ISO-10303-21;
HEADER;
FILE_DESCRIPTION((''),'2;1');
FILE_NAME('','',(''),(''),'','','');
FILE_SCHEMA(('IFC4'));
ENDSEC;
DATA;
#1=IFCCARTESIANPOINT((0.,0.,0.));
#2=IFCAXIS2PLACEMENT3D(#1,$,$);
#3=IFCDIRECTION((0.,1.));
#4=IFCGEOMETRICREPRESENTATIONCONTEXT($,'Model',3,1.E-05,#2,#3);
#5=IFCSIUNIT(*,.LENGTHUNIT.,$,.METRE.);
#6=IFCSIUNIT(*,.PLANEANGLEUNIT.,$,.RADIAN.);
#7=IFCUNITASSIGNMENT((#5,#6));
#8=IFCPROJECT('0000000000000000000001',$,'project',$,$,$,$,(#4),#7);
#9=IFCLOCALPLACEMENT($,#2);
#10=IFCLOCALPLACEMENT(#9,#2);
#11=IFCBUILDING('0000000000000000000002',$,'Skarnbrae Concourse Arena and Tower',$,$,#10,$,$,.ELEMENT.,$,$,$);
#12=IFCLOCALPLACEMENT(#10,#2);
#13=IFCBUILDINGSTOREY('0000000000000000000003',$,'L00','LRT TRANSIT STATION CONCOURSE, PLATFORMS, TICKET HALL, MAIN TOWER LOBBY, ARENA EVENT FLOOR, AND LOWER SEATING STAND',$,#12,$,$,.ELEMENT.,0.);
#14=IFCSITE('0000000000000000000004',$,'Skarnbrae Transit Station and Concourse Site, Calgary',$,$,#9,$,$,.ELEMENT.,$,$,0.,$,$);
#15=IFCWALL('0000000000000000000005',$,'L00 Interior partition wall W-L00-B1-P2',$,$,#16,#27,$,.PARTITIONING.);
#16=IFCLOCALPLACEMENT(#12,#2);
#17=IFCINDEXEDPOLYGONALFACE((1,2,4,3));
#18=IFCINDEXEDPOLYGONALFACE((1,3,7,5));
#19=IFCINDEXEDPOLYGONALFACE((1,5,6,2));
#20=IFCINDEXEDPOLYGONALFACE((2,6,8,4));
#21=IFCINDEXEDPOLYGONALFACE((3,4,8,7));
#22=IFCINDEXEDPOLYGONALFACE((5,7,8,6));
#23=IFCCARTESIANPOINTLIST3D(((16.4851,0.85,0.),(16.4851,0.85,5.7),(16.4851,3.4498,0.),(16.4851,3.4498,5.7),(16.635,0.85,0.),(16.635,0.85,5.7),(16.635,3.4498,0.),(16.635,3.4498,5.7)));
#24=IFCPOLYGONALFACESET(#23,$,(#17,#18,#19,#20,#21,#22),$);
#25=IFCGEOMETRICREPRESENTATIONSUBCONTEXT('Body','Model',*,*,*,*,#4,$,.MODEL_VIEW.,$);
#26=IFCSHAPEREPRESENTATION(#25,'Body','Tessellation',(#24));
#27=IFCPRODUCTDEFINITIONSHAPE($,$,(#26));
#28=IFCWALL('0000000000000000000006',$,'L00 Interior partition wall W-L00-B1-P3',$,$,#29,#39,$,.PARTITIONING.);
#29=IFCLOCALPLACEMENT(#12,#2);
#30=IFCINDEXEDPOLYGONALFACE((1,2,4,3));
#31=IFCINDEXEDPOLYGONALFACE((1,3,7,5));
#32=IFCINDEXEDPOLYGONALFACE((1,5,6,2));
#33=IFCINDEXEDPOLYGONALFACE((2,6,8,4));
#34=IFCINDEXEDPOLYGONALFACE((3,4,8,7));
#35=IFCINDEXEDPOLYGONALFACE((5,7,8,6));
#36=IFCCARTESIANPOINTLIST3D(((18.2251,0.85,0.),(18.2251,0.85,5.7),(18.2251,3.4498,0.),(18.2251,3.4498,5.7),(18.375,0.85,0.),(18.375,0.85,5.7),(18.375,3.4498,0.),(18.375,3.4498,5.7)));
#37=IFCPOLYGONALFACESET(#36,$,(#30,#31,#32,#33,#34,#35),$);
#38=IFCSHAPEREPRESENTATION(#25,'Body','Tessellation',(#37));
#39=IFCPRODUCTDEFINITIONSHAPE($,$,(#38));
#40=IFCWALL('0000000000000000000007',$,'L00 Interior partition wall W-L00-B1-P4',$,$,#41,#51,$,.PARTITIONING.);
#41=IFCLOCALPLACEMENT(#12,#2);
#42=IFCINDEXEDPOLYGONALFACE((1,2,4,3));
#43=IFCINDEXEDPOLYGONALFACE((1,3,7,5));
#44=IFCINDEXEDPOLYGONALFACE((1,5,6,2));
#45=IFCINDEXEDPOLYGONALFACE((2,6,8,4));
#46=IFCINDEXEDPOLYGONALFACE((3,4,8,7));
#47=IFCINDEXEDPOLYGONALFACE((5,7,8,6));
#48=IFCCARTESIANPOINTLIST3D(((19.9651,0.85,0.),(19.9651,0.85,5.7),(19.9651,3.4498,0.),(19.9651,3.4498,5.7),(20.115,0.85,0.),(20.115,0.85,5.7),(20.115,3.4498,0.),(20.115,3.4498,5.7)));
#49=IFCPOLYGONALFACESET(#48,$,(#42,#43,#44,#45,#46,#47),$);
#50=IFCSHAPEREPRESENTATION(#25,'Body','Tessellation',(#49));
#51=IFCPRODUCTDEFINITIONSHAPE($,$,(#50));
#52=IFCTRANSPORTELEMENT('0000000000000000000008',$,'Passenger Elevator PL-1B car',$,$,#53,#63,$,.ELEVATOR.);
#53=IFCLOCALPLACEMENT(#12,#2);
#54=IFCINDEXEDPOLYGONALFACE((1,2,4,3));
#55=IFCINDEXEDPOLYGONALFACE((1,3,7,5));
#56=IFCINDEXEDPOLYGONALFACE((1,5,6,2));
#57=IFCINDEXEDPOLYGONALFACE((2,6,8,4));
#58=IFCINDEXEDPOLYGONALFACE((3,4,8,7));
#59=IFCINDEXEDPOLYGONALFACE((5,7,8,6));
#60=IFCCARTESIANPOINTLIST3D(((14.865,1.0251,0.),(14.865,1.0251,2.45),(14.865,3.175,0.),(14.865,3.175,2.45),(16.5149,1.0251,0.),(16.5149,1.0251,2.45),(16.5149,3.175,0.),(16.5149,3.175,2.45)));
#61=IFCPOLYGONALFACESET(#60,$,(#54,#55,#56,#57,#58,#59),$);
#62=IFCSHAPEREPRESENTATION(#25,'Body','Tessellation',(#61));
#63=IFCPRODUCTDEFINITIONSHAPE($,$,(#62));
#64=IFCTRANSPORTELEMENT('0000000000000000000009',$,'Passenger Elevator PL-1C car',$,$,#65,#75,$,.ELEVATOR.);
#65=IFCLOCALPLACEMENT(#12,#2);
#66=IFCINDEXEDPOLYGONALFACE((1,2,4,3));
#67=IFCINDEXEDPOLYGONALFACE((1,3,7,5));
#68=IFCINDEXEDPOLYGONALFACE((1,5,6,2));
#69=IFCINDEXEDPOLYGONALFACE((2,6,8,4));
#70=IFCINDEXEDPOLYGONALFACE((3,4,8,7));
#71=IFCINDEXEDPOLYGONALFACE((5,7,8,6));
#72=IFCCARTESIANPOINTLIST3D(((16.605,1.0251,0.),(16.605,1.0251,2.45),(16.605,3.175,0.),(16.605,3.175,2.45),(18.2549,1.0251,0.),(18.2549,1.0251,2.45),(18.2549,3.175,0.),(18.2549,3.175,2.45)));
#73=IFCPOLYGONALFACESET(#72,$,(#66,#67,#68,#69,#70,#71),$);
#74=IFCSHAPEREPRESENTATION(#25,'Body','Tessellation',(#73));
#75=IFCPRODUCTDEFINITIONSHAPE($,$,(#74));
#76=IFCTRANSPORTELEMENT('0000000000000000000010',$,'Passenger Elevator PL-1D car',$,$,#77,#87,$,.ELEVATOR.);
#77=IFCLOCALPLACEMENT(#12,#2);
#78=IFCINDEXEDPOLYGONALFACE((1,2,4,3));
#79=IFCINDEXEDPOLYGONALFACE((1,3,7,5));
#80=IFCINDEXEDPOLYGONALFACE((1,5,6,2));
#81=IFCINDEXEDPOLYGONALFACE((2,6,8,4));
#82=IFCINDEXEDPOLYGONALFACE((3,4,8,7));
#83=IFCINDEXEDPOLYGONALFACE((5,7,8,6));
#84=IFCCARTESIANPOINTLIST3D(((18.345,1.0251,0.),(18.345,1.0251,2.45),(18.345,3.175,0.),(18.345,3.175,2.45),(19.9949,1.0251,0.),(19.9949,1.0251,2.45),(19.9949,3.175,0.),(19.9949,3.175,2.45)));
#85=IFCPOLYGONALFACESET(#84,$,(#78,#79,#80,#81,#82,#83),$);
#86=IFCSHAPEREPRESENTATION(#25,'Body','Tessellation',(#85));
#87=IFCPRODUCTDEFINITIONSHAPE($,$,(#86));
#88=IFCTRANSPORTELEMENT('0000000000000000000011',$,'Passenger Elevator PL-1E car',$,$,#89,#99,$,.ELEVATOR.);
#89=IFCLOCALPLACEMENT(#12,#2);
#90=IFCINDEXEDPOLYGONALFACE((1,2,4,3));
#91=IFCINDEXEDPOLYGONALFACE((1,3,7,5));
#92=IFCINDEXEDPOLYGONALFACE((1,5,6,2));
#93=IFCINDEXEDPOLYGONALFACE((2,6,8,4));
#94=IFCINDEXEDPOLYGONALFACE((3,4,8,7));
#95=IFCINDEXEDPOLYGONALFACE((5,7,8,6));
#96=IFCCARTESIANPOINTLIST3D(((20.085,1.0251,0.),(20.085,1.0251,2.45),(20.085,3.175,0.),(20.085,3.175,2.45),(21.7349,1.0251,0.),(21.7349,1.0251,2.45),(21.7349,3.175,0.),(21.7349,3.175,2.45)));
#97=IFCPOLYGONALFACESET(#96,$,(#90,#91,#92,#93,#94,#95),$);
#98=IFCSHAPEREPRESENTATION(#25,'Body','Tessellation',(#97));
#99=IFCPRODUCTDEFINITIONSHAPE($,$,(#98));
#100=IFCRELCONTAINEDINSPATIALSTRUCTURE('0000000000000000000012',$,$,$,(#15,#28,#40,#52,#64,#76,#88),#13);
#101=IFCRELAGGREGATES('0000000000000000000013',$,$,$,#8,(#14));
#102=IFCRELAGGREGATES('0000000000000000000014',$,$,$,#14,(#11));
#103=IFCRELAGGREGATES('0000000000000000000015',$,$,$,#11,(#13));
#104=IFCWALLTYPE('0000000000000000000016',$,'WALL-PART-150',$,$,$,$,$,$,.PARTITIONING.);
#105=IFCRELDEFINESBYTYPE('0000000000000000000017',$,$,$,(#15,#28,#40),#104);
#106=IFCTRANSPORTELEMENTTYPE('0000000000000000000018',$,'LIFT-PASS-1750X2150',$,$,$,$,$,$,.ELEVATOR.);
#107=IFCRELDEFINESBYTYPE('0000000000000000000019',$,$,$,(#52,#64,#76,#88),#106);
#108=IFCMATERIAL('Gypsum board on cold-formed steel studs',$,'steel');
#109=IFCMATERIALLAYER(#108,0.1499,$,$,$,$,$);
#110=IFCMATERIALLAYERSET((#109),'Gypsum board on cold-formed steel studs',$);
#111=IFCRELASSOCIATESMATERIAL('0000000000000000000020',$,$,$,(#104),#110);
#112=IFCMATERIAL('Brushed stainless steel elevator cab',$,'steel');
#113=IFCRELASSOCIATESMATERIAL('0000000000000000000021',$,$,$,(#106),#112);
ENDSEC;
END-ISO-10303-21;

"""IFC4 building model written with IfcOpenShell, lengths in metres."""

from ifc_helpers import new_model, si_unit, direction, frame, frame_2d, origin, origin_2d, place, context, subcontext, project, spatial, rectangle, extrude, source, transform, mapped, material, layer, layer_set, type_object, element, save


model = new_model("IFC4")

# Units and contexts
model_context = context("Model", 3, precision=1e-05, world=origin(), true_north=direction((0.0, 1.0)))
body_context = subcontext(model_context, "Body", "Model", "MODEL_VIEW")
ifc_project = project(units=[si_unit("LENGTHUNIT", "METRE"), si_unit("PLANEANGLEUNIT", "RADIAN")], contexts=[model_context])

# Site, building, storey
site_placement = place(None, origin())
site = spatial("IfcSite", under=ifc_project, at=site_placement, Name="Skarnbrae Transit Station and Concourse Site, Calgary", CompositionType="ELEMENT", RefElevation=0.0)
building_placement = place(site_placement, origin())
building = spatial("IfcBuilding", under=site, at=building_placement, Name="Skarnbrae Concourse Arena and Tower", CompositionType="ELEMENT")
storey_placement = place(building_placement, origin())
storey = spatial("IfcBuildingStorey", under=building, at=storey_placement, Name="L00", Description="LRT TRANSIT STATION CONCOURSE, PLATFORMS, TICKET HALL, MAIN TOWER LOBBY, ARENA EVENT FLOOR, AND LOWER SEATING STAND", CompositionType="ELEMENT", Elevation=0.0)

# Walls
ifc_material_1 = material(Name="Gypsum board on cold-formed steel studs", Category="steel")
ifc_layer = layer(ifc_material_1, 0.1499)
ifc_layer_set = layer_set([ifc_layer], Name="Gypsum board on cold-formed steel studs")
wall_type = type_object("IfcWallType", Name="WALL-PART-150", PredefinedType="PARTITIONING", material=ifc_layer_set)
shared_shape_1 = source(origin(), body_context, "Body", "SweptSolid", [
    extrude(rectangle(XDim=2.5999, YDim=0.1499, at=frame_2d((1.2998, 0.0))), origin(), (0.0, 0.0, 1.0), 5.7),
])
for number, where, z_axis, x_axis, name in (
    (1, (16.5601, 0.8501, 0.0), (0.0, 0.0, 1.0), (0.0, 1.0, 0.0), "L00 Interior partition wall W-L00-B1-P2"),
    (2, (18.3, 0.8501, 0.0), (0.0, 0.0, 1.0), (0.0, 1.0, 0.0), "L00 Interior partition wall W-L00-B1-P3"),
    (3, (20.04, 0.8501, 0.0), (0.0, 0.0, 1.0), (0.0, 1.0, 0.0), "L00 Interior partition wall W-L00-B1-P4"),
):
    element("IfcWall", number, at=place(storey_placement, frame(where, z_axis=z_axis, x_axis=x_axis)), inside=storey, type_object=wall_type, Name=name, PredefinedType="PARTITIONING", context=body_context, shape_type="MappedRepresentation", body=[
        mapped(shared_shape_1, transform((0.0, 0.0, 0.0))),
    ])

# Transport elements
ifc_material_2 = material(Name="Brushed stainless steel elevator cab", Category="steel")
transport_element_type = type_object("IfcTransportElementType", Name="LIFT-PASS-1750X2150", PredefinedType="ELEVATOR", material=ifc_material_2)
shared_shape_2 = source(origin(), body_context, "Body", "SweptSolid", [
    extrude(rectangle(XDim=1.6499, YDim=2.1499, at=origin_2d()), origin(), (0.0, 0.0, 1.0), 2.45),
])
for number, where, z_axis, x_axis, name in (
    (4, (15.6899, 2.1001, 0.0), (0.0, 0.0, 1.0), (1.0, 0.0, 0.0), "Passenger Elevator PL-1B car"),
    (5, (17.4299, 2.1001, 0.0), (0.0, 0.0, 1.0), (1.0, 0.0, 0.0), "Passenger Elevator PL-1C car"),
    (6, (19.1699, 2.1001, 0.0), (0.0, 0.0, 1.0), (1.0, 0.0, 0.0), "Passenger Elevator PL-1D car"),
    (7, (20.9099, 2.1001, 0.0), (0.0, 0.0, 1.0), (1.0, 0.0, 0.0), "Passenger Elevator PL-1E car"),
):
    element("IfcTransportElement", number, at=place(storey_placement, frame(where, z_axis=z_axis, x_axis=x_axis)), inside=storey, type_object=transport_element_type, Name=name, PredefinedType="ELEVATOR", context=body_context, shape_type="MappedRepresentation", body=[
        mapped(shared_shape_2, transform((0.0, 0.0, 0.0))),
    ])

save(model, "model.ifc")
